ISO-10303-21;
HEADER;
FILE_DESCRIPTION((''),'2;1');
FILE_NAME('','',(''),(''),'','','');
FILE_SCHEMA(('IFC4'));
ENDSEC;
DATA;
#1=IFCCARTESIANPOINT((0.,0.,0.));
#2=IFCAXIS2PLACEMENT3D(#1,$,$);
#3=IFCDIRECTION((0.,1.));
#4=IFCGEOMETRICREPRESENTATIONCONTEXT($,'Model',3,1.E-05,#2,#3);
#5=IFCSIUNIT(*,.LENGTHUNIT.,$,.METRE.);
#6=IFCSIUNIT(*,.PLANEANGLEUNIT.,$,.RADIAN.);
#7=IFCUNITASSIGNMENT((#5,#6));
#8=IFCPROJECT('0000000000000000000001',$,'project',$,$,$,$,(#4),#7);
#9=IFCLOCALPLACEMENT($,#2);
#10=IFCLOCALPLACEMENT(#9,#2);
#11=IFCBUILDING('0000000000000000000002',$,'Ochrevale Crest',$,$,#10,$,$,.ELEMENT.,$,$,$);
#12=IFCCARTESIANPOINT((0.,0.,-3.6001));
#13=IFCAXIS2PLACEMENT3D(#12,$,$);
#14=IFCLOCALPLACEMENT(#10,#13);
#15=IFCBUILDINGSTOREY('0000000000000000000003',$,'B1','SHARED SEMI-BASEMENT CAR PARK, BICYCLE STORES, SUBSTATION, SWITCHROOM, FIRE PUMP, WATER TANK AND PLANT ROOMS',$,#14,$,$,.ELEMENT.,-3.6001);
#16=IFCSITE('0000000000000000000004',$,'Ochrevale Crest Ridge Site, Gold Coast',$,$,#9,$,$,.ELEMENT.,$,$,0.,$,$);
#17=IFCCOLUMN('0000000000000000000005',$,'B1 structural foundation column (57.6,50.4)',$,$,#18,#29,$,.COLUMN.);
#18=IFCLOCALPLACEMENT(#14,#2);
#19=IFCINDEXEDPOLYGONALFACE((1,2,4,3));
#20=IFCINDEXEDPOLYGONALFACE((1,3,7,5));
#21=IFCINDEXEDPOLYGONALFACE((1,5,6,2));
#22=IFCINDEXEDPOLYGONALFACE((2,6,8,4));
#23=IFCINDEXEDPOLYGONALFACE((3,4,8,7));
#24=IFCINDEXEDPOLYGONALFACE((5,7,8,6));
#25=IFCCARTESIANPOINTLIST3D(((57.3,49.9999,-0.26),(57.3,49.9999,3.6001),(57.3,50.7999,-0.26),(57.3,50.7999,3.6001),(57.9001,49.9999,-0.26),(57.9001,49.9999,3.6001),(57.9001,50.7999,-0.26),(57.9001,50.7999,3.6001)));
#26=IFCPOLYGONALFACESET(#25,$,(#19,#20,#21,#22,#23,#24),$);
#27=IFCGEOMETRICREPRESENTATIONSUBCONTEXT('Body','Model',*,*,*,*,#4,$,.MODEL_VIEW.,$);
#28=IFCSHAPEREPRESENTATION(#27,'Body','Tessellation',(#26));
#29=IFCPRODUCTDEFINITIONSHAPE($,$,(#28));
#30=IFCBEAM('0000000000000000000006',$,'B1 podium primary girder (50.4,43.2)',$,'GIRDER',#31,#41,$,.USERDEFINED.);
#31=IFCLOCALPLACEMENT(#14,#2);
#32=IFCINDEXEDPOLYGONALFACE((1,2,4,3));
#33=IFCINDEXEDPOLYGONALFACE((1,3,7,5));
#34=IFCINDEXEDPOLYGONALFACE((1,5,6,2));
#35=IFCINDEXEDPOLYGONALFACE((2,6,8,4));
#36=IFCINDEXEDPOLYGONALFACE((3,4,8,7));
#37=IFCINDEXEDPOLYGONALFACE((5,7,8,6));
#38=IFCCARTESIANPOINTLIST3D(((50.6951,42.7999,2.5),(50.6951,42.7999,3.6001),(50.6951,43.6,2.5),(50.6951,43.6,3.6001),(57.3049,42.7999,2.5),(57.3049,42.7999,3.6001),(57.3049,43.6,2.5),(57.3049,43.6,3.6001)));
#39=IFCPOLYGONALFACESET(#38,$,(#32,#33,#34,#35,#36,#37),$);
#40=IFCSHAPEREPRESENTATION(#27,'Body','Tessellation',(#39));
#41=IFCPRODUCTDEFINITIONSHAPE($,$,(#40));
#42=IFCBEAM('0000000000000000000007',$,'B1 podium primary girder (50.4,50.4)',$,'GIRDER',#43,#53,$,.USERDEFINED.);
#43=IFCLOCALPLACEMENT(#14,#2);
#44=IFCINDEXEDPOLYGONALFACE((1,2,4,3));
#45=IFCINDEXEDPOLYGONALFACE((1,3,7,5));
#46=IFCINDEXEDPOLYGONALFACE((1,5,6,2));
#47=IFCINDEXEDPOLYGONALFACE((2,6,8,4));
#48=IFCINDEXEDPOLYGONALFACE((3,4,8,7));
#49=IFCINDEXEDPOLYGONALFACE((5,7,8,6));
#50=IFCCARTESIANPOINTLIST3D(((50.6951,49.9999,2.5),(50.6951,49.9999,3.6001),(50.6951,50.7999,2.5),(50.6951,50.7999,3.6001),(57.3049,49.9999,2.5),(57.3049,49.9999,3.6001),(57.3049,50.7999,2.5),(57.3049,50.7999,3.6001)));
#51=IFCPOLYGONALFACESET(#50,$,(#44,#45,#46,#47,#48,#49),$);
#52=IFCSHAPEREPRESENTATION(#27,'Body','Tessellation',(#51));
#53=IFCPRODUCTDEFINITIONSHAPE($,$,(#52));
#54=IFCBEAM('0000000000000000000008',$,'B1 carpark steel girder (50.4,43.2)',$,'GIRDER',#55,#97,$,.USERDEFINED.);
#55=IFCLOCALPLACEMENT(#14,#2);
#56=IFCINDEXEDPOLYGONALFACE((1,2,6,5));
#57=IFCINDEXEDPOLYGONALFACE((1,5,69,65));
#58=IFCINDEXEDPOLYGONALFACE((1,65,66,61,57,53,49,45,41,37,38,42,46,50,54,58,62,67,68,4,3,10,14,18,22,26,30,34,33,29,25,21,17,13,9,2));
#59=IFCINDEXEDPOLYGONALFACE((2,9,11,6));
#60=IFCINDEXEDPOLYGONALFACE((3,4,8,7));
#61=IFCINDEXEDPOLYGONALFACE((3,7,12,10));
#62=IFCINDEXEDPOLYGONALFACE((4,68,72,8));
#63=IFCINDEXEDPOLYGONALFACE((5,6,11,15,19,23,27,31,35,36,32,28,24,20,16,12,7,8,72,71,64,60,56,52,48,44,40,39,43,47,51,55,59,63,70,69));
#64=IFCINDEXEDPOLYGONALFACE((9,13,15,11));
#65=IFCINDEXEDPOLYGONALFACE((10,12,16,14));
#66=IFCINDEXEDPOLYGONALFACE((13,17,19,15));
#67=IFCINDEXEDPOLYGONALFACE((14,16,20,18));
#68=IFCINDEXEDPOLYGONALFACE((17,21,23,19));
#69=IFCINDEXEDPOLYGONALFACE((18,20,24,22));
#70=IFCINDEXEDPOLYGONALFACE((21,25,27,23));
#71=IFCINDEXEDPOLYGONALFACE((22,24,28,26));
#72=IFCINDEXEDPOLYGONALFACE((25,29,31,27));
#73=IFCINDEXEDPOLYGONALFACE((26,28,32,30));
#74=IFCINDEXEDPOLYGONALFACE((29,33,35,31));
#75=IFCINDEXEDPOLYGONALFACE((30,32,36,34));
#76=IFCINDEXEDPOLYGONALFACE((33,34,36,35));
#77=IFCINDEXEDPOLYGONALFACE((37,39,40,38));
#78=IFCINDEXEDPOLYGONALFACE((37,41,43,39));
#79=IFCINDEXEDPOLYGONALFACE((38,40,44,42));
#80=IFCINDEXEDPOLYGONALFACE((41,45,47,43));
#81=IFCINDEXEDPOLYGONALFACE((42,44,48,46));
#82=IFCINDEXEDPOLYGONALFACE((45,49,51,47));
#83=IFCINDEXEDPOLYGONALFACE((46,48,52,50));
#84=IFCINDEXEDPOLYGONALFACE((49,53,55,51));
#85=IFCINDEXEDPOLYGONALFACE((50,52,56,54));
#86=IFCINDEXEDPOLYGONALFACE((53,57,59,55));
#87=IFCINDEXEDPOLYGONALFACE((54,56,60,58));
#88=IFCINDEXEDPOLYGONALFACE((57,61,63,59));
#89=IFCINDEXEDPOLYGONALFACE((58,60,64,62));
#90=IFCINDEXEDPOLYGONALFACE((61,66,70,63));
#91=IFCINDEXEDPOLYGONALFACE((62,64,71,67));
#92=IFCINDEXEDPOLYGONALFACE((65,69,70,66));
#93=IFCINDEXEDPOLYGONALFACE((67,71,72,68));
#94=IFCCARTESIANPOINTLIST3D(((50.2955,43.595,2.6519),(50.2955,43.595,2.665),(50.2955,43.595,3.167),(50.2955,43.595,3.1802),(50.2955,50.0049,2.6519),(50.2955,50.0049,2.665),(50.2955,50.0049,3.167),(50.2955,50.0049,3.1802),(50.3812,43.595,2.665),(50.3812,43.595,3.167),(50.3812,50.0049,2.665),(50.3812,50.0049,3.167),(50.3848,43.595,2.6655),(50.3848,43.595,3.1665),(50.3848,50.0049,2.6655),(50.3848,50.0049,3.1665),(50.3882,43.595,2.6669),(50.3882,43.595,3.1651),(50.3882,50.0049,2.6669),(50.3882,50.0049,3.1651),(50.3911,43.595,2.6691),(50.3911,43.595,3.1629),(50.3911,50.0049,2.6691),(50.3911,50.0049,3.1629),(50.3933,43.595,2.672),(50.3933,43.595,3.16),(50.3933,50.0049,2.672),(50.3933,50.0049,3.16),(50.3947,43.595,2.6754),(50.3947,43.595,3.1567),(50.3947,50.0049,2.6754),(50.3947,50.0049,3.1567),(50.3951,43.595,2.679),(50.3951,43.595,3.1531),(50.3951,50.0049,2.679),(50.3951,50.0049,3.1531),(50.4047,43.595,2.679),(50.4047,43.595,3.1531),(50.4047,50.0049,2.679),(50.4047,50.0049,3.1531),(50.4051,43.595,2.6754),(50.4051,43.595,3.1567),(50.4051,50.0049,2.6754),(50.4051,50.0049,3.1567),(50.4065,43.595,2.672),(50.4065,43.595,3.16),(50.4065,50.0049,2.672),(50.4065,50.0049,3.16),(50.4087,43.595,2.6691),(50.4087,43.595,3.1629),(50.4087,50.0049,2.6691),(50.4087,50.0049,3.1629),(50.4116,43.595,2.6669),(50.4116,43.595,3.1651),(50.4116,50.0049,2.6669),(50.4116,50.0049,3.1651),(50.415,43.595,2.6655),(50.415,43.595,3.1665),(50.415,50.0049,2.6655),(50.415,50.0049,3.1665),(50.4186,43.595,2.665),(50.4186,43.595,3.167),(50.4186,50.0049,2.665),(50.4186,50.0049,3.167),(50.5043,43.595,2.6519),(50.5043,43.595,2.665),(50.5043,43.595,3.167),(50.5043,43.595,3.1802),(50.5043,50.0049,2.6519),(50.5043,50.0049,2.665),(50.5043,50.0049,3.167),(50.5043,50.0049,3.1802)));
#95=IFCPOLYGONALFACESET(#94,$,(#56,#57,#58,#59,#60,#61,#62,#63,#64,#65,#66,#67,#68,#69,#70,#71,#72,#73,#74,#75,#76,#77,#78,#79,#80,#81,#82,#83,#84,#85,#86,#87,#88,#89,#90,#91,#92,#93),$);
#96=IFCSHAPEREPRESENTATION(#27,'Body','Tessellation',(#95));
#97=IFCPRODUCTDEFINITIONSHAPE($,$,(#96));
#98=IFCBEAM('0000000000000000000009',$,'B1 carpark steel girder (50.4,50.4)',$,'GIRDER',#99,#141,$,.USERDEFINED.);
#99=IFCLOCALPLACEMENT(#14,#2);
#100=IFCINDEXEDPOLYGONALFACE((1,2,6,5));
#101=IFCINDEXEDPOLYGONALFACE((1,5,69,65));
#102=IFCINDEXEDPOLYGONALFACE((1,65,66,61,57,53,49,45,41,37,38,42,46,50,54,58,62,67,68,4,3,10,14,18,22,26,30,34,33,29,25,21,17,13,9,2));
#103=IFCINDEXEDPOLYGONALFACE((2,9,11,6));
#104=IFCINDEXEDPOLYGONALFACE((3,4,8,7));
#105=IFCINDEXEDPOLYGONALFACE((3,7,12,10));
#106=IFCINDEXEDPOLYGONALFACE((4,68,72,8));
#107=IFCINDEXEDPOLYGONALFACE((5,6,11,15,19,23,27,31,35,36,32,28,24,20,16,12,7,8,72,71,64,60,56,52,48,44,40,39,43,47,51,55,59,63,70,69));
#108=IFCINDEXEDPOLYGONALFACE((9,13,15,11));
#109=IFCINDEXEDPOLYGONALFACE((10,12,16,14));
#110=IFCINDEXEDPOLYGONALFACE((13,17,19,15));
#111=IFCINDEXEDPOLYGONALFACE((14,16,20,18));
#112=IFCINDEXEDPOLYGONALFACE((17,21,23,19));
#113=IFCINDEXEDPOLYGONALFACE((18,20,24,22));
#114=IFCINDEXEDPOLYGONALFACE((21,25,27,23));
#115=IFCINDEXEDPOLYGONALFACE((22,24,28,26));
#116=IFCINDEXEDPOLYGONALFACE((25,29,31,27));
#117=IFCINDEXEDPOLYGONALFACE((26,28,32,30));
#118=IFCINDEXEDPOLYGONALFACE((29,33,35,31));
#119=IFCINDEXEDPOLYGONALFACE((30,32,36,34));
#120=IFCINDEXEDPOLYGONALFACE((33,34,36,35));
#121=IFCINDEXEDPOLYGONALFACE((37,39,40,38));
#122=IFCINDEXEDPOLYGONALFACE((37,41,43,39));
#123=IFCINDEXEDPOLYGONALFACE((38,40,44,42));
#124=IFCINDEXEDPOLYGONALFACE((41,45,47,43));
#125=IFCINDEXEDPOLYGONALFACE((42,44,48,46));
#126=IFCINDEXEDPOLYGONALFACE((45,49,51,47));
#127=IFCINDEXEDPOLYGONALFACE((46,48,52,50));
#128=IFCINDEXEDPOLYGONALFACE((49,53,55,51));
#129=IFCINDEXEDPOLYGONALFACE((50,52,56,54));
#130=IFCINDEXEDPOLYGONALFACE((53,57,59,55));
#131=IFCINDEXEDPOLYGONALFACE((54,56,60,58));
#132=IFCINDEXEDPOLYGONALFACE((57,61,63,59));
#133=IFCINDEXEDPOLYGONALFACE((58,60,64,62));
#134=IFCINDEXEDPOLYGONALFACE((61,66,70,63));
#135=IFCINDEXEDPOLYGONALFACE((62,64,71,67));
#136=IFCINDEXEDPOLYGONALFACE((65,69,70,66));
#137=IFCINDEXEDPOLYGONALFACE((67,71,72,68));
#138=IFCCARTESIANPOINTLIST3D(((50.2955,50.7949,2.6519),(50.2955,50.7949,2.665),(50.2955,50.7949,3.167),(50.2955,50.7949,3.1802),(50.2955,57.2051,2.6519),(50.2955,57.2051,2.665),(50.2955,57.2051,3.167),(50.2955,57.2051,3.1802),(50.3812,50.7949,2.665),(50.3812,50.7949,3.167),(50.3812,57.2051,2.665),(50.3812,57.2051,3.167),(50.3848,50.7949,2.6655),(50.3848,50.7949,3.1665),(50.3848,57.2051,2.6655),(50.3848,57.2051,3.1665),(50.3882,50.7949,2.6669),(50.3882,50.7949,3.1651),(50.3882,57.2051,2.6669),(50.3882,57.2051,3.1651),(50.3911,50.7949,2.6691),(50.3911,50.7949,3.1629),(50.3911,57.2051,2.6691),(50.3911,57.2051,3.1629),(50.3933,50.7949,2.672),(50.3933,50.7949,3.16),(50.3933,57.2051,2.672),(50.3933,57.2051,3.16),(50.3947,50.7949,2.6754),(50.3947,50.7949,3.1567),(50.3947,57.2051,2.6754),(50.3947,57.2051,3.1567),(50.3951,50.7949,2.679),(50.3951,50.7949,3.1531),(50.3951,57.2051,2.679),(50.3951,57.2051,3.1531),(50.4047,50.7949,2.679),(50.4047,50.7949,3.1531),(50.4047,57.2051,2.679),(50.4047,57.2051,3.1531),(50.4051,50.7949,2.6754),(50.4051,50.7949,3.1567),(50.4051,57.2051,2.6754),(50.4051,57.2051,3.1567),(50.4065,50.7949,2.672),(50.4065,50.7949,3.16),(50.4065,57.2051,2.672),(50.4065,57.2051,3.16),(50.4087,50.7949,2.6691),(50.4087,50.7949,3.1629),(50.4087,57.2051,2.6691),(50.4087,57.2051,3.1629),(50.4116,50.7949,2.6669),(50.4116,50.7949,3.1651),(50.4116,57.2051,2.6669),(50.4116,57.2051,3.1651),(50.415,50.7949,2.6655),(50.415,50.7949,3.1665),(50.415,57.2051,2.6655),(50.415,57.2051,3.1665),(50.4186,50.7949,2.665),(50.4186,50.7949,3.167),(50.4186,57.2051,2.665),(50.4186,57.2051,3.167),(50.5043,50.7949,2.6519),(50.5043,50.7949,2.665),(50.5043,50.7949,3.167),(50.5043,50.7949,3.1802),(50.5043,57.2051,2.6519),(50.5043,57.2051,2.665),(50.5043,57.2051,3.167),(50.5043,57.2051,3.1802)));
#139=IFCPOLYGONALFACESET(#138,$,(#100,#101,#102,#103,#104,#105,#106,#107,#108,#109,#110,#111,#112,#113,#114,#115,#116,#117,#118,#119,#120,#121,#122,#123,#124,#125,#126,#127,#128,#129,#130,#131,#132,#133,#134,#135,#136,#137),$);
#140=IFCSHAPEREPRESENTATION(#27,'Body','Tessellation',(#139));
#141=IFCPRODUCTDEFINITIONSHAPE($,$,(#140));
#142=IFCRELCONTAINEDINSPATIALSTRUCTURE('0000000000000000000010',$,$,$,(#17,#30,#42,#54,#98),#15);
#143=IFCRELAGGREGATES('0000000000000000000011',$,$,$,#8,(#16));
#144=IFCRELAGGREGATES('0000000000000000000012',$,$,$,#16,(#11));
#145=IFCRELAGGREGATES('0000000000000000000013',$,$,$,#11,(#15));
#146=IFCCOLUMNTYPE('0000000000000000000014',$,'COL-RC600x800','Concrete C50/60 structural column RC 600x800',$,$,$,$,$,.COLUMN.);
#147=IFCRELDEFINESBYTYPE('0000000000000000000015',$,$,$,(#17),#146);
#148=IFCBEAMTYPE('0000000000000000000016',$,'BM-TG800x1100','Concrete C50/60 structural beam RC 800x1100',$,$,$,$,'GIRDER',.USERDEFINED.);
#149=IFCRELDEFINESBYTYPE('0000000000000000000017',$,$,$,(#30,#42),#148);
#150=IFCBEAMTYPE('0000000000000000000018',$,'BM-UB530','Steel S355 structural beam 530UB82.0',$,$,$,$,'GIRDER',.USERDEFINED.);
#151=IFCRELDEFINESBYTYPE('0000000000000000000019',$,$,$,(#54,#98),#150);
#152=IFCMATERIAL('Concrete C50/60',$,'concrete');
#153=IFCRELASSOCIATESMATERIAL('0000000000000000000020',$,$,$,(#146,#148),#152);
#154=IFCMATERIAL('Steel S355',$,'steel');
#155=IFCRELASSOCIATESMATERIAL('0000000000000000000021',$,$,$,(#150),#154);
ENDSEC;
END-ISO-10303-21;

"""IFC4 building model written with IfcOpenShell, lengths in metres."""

from ifc_helpers import new_model, si_unit, direction, frame, origin, origin_2d, place, context, subcontext, project, spatial, rectangle, i_section, extrude, material, material_profile, profile_set, type_object, element, save


model = new_model("IFC4")

# Units and contexts
model_context = context("Model", 3, precision=1e-05, world=origin(), true_north=direction((0.0, 1.0)))
body_context = subcontext(model_context, "Body", "Model", "MODEL_VIEW")
ifc_project = project(units=[si_unit("LENGTHUNIT", "METRE"), si_unit("PLANEANGLEUNIT", "RADIAN")], contexts=[model_context])

# Site, building, storey
site_placement = place(None, origin())
site = spatial("IfcSite", under=ifc_project, at=site_placement, Name="Ochrevale Crest Ridge Site, Gold Coast", CompositionType="ELEMENT", RefElevation=0.0)
building_placement = place(site_placement, origin())
building = spatial("IfcBuilding", under=site, at=building_placement, Name="Ochrevale Crest", CompositionType="ELEMENT")
storey_placement = place(building_placement, frame((0.0, 0.0, -3.6001)))
storey = spatial("IfcBuildingStorey", under=building, at=storey_placement, Name="B1", Description="SHARED SEMI-BASEMENT CAR PARK, BICYCLE STORES, SUBSTATION, SWITCHROOM, FIRE PUMP, WATER TANK AND PLANT ROOMS", CompositionType="ELEMENT", Elevation=-3.6001)

# Column
ifc_material_1 = material(Name="Concrete C50/60", Category="concrete")
ifc_material_profile_1 = material_profile(ifc_material_1, rectangle(XDim=0.6001, YDim=0.8, at=origin_2d()), Name="RC 600x800")
ifc_profile_set_1 = profile_set([ifc_material_profile_1], Name="Concrete C50/60")
column_type = type_object("IfcColumnType", Name="COL-RC600x800", Description="Concrete C50/60 structural column RC 600x800", PredefinedType="COLUMN", material=ifc_profile_set_1)
for number, where, z_axis, x_axis, name in (
    (1, (57.6001, 50.3999, -0.26), (0.0, 0.0, 1.0), (1.0, 0.0, 0.0), "B1 structural foundation column (57.6,50.4)"),
):
    element("IfcColumn", number, at=place(storey_placement, frame(where, z_axis=z_axis, x_axis=x_axis)), inside=storey, type_object=column_type, Name=name, PredefinedType="COLUMN", context=body_context, shape_type="SweptSolid", body=[
        extrude(rectangle(XDim=0.6001, YDim=0.8, at=origin_2d()), origin(), (0.0, 0.0, 1.0), 3.8601),
    ])

# Beams
ifc_material_profile_2 = material_profile(ifc_material_1, rectangle(XDim=0.8, YDim=1.1001, at=origin_2d()), Name="RC 800x1100")
ifc_profile_set_2 = profile_set([ifc_material_profile_2], Name="Concrete C50/60")
beam_type_1 = type_object("IfcBeamType", Name="BM-TG800x1100", Description="Concrete C50/60 structural beam RC 800x1100", ElementType="GIRDER", PredefinedType="USERDEFINED", material=ifc_profile_set_2)
for number, where, z_axis, x_axis, name in (
    (2, (50.6951, 43.2, 3.05), (1.0, 0.0, 0.0), (0.0, 1.0, 0.0), "B1 podium primary girder (50.4,43.2)"),
    (3, (50.6951, 50.3999, 3.05), (1.0, 0.0, 0.0), (0.0, 1.0, 0.0), "B1 podium primary girder (50.4,50.4)"),
):
    element("IfcBeam", number, at=place(storey_placement, frame(where, z_axis=z_axis, x_axis=x_axis)), inside=storey, type_object=beam_type_1, Name=name, ObjectType="GIRDER", PredefinedType="USERDEFINED", context=body_context, shape_type="SweptSolid", body=[
        extrude(rectangle(XDim=0.8, YDim=1.1001, at=origin_2d()), origin(), (0.0, 0.0, 1.0), 6.6099),
    ])
ifc_material_2 = material(Name="Steel S355", Category="steel")
ifc_material_profile_3 = material_profile(ifc_material_2, i_section(OverallWidth=0.2087, OverallDepth=0.5283, WebThickness=0.0095, FlangeThickness=0.0132, FilletRadius=0.0139, at=origin_2d()), Name="530UB82.0")
ifc_profile_set_3 = profile_set([ifc_material_profile_3], Name="Steel S355")
beam_type_2 = type_object("IfcBeamType", Name="BM-UB530", Description="Steel S355 structural beam 530UB82.0", ElementType="GIRDER", PredefinedType="USERDEFINED", material=ifc_profile_set_3)
beam_1_placement = place(storey_placement, frame((50.3999, 43.595, 2.916), z_axis=(0.0, 1.0, 0.0), x_axis=(-1.0, 0.0, 0.0)))
element("IfcBeam", 4, at=beam_1_placement, inside=storey, type_object=beam_type_2, Name="B1 carpark steel girder (50.4,43.2)", ObjectType="GIRDER", PredefinedType="USERDEFINED", context=body_context, shape_type="SweptSolid", body=[
    extrude(i_section(OverallWidth=0.2087, OverallDepth=0.5283, WebThickness=0.0095, FlangeThickness=0.0132, FilletRadius=0.0139, at=origin_2d()), origin(), (0.0, 0.0, 1.0), 6.4099),
])
beam_2_placement = place(storey_placement, frame((50.3999, 50.7949, 2.916), z_axis=(0.0, 1.0, 0.0), x_axis=(-1.0, 0.0, 0.0)))
element("IfcBeam", 5, at=beam_2_placement, inside=storey, type_object=beam_type_2, Name="B1 carpark steel girder (50.4,50.4)", ObjectType="GIRDER", PredefinedType="USERDEFINED", context=body_context, shape_type="SweptSolid", body=[
    extrude(i_section(OverallWidth=0.2087, OverallDepth=0.5283, WebThickness=0.0095, FlangeThickness=0.0132, FilletRadius=0.0139, at=origin_2d()), origin(), (0.0, 0.0, 1.0), 6.4102),
])

save(model, "model.ifc")
